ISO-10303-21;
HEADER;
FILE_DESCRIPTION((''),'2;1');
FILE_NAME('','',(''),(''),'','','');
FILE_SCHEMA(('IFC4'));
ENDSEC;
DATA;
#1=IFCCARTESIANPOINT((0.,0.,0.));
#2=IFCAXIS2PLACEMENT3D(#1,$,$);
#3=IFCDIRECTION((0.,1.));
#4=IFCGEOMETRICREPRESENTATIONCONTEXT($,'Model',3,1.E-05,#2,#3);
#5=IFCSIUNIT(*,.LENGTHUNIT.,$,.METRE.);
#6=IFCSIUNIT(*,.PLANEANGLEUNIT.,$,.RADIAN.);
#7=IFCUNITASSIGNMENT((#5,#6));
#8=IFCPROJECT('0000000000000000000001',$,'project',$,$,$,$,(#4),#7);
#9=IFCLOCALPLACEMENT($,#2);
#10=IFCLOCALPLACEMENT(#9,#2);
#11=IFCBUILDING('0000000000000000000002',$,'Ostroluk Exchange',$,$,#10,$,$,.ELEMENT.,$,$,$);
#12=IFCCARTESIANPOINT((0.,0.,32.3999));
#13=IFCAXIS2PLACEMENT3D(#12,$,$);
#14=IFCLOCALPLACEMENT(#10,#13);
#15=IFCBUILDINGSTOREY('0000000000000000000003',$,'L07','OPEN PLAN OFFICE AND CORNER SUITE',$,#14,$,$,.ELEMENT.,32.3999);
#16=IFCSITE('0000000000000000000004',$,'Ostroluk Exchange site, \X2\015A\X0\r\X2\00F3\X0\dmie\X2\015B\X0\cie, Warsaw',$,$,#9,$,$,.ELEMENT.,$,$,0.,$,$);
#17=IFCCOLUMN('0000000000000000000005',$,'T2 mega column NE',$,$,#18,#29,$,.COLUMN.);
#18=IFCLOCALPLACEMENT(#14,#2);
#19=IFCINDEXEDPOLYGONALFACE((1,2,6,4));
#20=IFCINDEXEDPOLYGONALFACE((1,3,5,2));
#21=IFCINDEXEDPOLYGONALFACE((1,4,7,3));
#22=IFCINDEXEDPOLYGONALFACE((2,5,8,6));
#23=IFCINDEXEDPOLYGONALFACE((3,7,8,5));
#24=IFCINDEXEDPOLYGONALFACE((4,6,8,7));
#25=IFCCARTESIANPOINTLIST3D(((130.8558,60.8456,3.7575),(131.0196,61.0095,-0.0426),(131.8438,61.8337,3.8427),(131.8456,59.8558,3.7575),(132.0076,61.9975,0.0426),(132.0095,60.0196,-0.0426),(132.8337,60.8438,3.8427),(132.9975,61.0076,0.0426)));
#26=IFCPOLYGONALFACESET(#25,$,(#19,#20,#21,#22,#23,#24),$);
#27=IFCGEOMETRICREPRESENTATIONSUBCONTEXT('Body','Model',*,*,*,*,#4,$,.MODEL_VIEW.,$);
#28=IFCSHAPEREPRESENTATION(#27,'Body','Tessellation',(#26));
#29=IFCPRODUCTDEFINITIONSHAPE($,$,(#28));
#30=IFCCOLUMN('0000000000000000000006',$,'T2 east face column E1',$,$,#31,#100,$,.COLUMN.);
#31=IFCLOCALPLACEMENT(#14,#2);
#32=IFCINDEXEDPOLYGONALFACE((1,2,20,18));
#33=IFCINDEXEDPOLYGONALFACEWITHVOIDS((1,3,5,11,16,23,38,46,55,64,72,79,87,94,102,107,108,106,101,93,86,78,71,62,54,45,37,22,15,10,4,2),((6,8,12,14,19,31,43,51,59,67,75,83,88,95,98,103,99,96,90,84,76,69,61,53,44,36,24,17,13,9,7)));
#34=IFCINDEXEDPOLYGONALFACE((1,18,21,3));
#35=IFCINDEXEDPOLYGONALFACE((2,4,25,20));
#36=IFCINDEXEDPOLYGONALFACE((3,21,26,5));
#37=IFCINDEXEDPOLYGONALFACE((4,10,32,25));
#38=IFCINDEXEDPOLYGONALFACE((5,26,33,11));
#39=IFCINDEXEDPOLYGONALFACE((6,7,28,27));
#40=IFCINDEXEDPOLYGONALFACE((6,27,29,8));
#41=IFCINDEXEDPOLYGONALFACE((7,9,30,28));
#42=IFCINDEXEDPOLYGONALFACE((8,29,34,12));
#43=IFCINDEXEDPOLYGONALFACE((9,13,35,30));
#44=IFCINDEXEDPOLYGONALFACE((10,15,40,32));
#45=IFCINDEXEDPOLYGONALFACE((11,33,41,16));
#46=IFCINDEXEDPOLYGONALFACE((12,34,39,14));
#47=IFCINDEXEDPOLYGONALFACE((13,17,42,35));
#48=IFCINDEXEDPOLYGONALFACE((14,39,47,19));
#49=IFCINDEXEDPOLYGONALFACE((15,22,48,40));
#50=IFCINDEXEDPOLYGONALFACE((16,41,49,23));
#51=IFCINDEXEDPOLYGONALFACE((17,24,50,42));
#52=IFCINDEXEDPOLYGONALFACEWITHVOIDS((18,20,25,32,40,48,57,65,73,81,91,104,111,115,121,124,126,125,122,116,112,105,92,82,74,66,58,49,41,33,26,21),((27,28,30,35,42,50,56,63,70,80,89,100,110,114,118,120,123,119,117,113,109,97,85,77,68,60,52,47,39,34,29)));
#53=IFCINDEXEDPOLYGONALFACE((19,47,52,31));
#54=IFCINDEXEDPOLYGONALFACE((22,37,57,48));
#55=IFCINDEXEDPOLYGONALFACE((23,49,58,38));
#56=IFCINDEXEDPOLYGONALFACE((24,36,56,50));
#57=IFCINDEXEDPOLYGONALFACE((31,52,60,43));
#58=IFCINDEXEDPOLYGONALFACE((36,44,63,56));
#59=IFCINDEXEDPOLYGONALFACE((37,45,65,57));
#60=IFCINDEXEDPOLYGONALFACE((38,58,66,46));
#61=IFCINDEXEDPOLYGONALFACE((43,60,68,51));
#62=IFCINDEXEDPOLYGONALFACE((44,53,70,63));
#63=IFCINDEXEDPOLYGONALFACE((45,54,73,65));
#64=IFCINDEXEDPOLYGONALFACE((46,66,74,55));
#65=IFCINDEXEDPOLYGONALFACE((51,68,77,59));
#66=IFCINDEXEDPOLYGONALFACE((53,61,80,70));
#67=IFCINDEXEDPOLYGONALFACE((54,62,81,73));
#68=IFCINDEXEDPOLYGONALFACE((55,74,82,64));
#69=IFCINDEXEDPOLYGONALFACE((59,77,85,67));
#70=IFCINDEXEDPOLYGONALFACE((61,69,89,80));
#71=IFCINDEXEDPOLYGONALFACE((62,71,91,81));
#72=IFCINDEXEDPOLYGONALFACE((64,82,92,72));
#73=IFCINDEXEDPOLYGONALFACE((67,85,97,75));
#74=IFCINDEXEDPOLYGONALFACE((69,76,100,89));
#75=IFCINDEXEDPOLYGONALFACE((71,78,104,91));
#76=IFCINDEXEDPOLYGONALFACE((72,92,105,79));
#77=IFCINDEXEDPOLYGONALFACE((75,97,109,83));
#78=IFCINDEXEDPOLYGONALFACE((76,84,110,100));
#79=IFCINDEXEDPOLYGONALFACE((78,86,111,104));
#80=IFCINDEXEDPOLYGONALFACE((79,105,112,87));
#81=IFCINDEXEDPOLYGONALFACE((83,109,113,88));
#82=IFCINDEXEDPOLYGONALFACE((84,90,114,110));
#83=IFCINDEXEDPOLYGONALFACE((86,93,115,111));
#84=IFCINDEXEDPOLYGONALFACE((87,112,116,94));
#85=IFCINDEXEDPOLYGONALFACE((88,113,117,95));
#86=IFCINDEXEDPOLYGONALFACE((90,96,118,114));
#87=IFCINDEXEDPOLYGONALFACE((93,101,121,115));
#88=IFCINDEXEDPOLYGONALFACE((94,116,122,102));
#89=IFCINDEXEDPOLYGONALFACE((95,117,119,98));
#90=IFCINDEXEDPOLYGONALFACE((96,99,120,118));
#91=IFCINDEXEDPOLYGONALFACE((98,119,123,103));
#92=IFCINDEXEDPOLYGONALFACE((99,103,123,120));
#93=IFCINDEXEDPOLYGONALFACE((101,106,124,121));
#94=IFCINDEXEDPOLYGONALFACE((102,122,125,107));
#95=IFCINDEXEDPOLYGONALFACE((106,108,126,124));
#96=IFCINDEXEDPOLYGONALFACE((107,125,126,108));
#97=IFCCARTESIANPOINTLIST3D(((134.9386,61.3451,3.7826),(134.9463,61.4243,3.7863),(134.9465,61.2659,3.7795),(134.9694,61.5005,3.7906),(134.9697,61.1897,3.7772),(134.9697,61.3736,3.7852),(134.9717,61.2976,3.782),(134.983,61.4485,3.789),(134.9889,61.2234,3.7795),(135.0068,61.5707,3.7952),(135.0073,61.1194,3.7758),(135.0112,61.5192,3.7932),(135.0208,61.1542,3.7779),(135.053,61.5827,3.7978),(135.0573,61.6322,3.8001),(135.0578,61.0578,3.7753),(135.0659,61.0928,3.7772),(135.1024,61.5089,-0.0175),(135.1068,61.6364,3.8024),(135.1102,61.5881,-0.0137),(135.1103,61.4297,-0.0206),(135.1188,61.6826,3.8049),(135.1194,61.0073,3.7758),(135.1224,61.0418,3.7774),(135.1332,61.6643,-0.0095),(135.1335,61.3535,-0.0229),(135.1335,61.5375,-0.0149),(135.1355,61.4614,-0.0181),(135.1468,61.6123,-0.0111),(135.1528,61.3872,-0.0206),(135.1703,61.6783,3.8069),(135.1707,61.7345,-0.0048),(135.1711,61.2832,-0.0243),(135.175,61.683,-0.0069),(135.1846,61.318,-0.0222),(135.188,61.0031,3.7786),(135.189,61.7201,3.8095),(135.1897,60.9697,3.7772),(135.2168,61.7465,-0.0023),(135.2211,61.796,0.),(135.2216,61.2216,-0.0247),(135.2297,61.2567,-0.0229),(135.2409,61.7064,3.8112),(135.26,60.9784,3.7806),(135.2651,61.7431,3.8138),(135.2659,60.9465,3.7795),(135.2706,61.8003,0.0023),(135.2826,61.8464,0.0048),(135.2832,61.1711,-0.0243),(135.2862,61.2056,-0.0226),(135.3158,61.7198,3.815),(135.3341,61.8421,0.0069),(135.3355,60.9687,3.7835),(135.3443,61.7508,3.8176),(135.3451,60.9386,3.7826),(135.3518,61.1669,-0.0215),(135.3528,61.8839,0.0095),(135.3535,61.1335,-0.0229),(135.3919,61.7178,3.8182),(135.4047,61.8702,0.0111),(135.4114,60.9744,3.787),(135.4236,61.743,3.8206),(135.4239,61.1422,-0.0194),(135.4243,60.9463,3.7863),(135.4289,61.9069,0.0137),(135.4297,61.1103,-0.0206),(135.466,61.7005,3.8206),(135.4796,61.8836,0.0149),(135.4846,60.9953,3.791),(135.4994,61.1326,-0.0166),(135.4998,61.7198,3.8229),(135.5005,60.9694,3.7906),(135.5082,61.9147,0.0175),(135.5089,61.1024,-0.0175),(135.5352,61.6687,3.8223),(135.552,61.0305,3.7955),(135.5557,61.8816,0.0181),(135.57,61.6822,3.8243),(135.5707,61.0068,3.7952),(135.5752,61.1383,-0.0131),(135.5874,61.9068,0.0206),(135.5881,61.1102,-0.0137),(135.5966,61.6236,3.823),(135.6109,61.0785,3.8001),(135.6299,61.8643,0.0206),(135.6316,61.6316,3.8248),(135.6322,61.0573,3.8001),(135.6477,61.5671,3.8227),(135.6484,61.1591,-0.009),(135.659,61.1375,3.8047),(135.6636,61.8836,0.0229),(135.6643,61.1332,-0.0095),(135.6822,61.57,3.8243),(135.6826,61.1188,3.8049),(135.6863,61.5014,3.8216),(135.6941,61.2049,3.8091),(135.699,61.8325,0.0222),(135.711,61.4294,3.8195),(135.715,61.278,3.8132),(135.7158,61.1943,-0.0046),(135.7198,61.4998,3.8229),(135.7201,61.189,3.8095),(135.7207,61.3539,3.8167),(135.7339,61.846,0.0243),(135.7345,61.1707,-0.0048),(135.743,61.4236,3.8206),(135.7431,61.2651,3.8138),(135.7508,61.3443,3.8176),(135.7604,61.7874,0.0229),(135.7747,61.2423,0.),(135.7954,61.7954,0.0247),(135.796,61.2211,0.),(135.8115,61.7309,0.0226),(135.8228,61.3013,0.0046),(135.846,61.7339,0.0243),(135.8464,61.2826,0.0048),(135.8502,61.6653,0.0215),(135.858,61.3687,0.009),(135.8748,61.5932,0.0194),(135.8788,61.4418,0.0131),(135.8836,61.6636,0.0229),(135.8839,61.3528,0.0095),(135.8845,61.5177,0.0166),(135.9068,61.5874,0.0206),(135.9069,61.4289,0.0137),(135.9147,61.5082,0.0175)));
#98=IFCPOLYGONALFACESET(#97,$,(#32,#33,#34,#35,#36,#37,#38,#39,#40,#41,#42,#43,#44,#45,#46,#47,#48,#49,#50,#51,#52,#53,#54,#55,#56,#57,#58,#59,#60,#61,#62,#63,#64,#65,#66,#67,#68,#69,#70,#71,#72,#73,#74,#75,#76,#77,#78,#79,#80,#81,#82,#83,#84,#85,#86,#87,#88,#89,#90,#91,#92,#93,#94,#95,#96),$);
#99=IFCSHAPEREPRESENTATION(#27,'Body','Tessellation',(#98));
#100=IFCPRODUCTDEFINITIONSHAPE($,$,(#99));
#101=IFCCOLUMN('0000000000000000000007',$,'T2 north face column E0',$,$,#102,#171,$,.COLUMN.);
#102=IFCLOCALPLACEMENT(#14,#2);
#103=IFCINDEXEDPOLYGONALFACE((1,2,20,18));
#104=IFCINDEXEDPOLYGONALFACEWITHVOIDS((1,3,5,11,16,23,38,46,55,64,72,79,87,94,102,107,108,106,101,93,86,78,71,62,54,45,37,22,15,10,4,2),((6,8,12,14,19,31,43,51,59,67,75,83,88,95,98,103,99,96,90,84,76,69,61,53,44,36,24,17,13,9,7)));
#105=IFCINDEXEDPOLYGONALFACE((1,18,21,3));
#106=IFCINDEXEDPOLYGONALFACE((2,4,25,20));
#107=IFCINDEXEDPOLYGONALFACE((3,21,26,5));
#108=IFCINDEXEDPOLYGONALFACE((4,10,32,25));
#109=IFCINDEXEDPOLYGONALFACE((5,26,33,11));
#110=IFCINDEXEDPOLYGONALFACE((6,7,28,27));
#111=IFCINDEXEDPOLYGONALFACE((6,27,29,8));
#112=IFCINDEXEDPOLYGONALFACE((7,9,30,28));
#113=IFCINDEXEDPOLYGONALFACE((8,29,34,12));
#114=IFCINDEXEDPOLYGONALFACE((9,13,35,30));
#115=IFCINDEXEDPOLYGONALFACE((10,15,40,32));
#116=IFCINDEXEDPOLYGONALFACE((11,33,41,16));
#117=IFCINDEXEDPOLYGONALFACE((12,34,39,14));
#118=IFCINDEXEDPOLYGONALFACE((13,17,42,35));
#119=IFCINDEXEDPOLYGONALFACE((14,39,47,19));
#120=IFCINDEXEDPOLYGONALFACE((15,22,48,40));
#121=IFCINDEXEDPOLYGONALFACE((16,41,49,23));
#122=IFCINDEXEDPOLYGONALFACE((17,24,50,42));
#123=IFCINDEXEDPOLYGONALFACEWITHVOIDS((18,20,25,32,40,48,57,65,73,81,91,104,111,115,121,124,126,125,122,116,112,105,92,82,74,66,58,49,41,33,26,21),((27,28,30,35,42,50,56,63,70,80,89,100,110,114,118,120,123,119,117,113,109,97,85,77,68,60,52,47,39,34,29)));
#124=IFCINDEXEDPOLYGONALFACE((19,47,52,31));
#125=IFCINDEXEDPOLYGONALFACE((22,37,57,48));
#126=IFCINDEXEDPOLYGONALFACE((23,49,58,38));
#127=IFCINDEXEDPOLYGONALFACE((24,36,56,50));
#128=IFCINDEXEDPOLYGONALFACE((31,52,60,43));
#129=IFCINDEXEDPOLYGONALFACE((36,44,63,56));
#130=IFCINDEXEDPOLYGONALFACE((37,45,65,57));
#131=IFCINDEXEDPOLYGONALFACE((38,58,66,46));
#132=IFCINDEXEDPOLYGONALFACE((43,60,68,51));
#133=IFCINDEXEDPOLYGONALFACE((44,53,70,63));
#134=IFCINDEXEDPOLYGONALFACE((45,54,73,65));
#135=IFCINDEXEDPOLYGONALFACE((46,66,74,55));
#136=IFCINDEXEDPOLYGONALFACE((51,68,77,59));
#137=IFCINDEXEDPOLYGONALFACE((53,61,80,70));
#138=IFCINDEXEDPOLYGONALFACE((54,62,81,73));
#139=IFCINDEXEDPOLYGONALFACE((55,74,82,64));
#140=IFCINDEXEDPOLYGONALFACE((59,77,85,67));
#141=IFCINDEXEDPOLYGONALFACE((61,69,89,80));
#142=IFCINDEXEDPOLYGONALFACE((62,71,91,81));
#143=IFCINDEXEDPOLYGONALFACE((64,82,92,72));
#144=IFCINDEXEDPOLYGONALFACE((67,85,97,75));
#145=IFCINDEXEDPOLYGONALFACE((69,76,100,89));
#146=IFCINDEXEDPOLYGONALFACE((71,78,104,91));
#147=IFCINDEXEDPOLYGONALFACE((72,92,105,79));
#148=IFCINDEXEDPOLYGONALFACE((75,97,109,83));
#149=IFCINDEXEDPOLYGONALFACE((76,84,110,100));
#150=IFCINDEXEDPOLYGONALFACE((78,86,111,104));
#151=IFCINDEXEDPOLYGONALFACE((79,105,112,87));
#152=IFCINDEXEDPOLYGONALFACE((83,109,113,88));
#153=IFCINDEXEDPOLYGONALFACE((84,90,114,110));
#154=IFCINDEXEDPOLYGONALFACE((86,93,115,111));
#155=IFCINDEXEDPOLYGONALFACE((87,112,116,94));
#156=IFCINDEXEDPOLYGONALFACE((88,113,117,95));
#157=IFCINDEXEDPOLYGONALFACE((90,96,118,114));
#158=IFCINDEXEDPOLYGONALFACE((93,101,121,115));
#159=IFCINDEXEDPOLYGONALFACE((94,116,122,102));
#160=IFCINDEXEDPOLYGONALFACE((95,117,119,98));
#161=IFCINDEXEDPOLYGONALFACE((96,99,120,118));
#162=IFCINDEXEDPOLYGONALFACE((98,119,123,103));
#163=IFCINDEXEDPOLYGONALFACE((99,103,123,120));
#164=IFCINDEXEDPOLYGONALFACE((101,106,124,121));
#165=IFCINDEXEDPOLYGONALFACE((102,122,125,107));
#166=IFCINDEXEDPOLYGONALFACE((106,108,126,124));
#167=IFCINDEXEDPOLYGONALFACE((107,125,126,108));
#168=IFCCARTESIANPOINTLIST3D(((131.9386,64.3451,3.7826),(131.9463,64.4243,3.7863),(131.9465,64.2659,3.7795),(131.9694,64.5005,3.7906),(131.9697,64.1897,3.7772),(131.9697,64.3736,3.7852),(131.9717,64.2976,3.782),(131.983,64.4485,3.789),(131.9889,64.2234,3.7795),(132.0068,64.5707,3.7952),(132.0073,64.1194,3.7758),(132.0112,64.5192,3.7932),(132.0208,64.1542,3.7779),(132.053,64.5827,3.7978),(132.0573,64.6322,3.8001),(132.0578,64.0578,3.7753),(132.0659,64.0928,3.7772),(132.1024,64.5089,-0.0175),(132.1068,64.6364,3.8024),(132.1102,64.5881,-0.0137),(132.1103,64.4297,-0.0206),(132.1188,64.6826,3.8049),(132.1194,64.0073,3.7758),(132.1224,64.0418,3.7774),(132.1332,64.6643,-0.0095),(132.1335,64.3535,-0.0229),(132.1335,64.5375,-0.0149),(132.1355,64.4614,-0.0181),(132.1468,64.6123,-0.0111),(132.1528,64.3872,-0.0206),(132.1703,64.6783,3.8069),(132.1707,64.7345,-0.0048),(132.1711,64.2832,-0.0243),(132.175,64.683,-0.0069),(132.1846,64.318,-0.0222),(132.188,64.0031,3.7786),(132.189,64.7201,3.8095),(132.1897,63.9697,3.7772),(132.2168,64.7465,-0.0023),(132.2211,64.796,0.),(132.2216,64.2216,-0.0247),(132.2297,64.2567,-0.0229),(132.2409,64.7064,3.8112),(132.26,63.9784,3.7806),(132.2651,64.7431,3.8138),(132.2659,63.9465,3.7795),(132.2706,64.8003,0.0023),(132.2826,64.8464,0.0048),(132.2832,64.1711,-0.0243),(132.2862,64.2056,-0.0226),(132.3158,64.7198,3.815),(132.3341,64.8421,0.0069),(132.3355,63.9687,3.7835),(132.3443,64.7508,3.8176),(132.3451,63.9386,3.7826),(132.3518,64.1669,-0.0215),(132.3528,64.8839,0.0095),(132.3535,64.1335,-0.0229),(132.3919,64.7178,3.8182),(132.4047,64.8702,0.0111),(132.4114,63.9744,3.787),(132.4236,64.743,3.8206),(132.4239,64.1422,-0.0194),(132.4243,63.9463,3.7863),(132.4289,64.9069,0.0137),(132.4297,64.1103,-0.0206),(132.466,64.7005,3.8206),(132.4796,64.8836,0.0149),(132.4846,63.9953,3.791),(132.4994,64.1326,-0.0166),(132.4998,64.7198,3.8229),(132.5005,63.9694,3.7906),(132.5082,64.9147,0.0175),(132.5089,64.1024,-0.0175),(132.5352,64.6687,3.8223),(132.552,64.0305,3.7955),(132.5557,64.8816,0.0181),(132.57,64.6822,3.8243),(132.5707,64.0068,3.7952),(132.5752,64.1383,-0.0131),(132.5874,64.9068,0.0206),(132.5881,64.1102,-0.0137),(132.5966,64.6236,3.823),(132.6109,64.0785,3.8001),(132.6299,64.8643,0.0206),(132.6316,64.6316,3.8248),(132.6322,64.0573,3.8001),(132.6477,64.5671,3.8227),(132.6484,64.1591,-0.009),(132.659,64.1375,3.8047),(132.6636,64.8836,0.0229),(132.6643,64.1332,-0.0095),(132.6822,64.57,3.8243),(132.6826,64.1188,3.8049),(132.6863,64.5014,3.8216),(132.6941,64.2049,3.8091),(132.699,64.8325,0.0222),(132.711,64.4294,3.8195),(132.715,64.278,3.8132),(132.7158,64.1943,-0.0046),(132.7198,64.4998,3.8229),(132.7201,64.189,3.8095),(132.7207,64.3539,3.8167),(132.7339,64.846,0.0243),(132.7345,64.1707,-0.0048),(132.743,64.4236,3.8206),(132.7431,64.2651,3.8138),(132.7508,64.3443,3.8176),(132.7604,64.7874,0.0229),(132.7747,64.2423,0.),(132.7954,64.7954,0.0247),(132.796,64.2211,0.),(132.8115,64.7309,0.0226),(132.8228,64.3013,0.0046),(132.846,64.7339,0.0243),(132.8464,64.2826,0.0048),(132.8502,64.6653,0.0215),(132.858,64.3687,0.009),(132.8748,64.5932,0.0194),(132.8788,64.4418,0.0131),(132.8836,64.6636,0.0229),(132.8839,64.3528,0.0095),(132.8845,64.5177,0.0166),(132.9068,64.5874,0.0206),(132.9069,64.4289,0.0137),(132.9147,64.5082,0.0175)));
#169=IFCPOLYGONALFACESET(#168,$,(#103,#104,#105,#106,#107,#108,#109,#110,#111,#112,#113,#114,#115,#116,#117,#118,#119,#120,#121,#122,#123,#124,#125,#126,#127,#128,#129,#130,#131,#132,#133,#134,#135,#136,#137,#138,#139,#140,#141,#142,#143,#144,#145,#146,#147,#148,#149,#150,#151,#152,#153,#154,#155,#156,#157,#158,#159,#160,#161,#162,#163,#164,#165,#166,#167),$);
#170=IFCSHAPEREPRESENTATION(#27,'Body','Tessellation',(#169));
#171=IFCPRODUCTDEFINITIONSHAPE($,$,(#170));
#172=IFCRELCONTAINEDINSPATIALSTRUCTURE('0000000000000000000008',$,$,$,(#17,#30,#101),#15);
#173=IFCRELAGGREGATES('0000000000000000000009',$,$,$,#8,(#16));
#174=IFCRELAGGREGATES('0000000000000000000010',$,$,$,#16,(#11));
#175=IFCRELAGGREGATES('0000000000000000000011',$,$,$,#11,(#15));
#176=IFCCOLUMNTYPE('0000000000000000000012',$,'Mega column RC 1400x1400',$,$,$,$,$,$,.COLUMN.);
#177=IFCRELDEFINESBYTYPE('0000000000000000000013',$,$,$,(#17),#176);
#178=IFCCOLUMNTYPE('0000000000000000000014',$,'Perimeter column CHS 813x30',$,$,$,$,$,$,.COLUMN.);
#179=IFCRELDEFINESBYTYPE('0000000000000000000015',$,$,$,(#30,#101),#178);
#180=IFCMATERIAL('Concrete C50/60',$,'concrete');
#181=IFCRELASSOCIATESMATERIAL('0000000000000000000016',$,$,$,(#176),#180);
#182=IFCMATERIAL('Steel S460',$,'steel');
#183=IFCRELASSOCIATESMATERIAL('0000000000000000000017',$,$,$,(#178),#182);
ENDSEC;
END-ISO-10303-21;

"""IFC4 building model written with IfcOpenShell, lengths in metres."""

from ifc_helpers import new_model, si_unit, direction, frame, origin, origin_2d, place, context, subcontext, project, spatial, rectangle, hollow_circle, extrude, material, material_profile, profile_set, type_object, element, save


model = new_model("IFC4")

# Units and contexts
model_context = context("Model", 3, precision=1e-05, world=origin(), true_north=direction((0.0, 1.0)))
body_context = subcontext(model_context, "Body", "Model", "MODEL_VIEW")
ifc_project = project(units=[si_unit("LENGTHUNIT", "METRE"), si_unit("PLANEANGLEUNIT", "RADIAN")], contexts=[model_context])

# Site, building, storey
site_placement = place(None, origin())
site = spatial("IfcSite", under=ifc_project, at=site_placement, Name="Ostroluk Exchange site, Śródmieście, Warsaw", CompositionType="ELEMENT", RefElevation=0.0)
building_placement = place(site_placement, origin())
building = spatial("IfcBuilding", under=site, at=building_placement, Name="Ostroluk Exchange", CompositionType="ELEMENT")
storey_placement = place(building_placement, frame((0.0, 0.0, 32.3999)))
storey = spatial("IfcBuildingStorey", under=building, at=storey_placement, Name="L07", Description="OPEN PLAN OFFICE AND CORNER SUITE", CompositionType="ELEMENT", Elevation=32.3999)

# Columns
ifc_material_1 = material(Name="Concrete C50/60", Category="concrete")
ifc_material_profile_1 = material_profile(ifc_material_1, rectangle(XDim=1.3999, YDim=1.3999, at=origin_2d()), Name="RC 1400x1400")
ifc_profile_set_1 = profile_set([ifc_material_profile_1], Name="Concrete C50/60")
column_type_1 = type_object("IfcColumnType", Name="Mega column RC 1400x1400", PredefinedType="COLUMN", material=ifc_profile_set_1)
column_1_placement = place(storey_placement, frame((132.0085, 61.0085, 0.0), z_axis=(-0.04303, -0.04303, 0.998147), x_axis=(0.707107, -0.707107, 0.0)))
element("IfcColumn", 1, at=column_1_placement, inside=storey, type_object=column_type_1, Name="T2 mega column NE", PredefinedType="COLUMN", context=body_context, shape_type="SweptSolid", body=[
    extrude(rectangle(XDim=1.3999, YDim=1.3999, at=origin_2d()), origin(), (0.0, 0.0, 1.0), 3.8071),
])
ifc_material_2 = material(Name="Steel S460", Category="steel")
ifc_material_profile_2 = material_profile(ifc_material_2, hollow_circle(Radius=0.4065, WallThickness=0.03, at=origin_2d()), Name="CHS 813x30")
ifc_profile_set_2 = profile_set([ifc_material_profile_2], Name="Steel S460")
column_type_2 = type_object("IfcColumnType", Name="Perimeter column CHS 813x30", PredefinedType="COLUMN", material=ifc_profile_set_2)
for number, where, z_axis, x_axis, name in (
    (2, (135.5085, 61.5085, 0.0), (-0.04303, -0.04303, 0.998147), (0.707107, -0.707107, 0.0), "T2 east face column E1"),
    (3, (132.5085, 64.5085, 0.0), (-0.04303, -0.04303, 0.998147), (0.707107, -0.707107, 0.0), "T2 north face column E0"),
):
    element("IfcColumn", number, at=place(storey_placement, frame(where, z_axis=z_axis, x_axis=x_axis)), inside=storey, type_object=column_type_2, Name=name, PredefinedType="COLUMN", context=body_context, shape_type="SweptSolid", body=[
        extrude(hollow_circle(Radius=0.4065, WallThickness=0.03, at=origin_2d()), origin(), (0.0, 0.0, 1.0), 3.8071),
    ])

save(model, "model.ifc")
